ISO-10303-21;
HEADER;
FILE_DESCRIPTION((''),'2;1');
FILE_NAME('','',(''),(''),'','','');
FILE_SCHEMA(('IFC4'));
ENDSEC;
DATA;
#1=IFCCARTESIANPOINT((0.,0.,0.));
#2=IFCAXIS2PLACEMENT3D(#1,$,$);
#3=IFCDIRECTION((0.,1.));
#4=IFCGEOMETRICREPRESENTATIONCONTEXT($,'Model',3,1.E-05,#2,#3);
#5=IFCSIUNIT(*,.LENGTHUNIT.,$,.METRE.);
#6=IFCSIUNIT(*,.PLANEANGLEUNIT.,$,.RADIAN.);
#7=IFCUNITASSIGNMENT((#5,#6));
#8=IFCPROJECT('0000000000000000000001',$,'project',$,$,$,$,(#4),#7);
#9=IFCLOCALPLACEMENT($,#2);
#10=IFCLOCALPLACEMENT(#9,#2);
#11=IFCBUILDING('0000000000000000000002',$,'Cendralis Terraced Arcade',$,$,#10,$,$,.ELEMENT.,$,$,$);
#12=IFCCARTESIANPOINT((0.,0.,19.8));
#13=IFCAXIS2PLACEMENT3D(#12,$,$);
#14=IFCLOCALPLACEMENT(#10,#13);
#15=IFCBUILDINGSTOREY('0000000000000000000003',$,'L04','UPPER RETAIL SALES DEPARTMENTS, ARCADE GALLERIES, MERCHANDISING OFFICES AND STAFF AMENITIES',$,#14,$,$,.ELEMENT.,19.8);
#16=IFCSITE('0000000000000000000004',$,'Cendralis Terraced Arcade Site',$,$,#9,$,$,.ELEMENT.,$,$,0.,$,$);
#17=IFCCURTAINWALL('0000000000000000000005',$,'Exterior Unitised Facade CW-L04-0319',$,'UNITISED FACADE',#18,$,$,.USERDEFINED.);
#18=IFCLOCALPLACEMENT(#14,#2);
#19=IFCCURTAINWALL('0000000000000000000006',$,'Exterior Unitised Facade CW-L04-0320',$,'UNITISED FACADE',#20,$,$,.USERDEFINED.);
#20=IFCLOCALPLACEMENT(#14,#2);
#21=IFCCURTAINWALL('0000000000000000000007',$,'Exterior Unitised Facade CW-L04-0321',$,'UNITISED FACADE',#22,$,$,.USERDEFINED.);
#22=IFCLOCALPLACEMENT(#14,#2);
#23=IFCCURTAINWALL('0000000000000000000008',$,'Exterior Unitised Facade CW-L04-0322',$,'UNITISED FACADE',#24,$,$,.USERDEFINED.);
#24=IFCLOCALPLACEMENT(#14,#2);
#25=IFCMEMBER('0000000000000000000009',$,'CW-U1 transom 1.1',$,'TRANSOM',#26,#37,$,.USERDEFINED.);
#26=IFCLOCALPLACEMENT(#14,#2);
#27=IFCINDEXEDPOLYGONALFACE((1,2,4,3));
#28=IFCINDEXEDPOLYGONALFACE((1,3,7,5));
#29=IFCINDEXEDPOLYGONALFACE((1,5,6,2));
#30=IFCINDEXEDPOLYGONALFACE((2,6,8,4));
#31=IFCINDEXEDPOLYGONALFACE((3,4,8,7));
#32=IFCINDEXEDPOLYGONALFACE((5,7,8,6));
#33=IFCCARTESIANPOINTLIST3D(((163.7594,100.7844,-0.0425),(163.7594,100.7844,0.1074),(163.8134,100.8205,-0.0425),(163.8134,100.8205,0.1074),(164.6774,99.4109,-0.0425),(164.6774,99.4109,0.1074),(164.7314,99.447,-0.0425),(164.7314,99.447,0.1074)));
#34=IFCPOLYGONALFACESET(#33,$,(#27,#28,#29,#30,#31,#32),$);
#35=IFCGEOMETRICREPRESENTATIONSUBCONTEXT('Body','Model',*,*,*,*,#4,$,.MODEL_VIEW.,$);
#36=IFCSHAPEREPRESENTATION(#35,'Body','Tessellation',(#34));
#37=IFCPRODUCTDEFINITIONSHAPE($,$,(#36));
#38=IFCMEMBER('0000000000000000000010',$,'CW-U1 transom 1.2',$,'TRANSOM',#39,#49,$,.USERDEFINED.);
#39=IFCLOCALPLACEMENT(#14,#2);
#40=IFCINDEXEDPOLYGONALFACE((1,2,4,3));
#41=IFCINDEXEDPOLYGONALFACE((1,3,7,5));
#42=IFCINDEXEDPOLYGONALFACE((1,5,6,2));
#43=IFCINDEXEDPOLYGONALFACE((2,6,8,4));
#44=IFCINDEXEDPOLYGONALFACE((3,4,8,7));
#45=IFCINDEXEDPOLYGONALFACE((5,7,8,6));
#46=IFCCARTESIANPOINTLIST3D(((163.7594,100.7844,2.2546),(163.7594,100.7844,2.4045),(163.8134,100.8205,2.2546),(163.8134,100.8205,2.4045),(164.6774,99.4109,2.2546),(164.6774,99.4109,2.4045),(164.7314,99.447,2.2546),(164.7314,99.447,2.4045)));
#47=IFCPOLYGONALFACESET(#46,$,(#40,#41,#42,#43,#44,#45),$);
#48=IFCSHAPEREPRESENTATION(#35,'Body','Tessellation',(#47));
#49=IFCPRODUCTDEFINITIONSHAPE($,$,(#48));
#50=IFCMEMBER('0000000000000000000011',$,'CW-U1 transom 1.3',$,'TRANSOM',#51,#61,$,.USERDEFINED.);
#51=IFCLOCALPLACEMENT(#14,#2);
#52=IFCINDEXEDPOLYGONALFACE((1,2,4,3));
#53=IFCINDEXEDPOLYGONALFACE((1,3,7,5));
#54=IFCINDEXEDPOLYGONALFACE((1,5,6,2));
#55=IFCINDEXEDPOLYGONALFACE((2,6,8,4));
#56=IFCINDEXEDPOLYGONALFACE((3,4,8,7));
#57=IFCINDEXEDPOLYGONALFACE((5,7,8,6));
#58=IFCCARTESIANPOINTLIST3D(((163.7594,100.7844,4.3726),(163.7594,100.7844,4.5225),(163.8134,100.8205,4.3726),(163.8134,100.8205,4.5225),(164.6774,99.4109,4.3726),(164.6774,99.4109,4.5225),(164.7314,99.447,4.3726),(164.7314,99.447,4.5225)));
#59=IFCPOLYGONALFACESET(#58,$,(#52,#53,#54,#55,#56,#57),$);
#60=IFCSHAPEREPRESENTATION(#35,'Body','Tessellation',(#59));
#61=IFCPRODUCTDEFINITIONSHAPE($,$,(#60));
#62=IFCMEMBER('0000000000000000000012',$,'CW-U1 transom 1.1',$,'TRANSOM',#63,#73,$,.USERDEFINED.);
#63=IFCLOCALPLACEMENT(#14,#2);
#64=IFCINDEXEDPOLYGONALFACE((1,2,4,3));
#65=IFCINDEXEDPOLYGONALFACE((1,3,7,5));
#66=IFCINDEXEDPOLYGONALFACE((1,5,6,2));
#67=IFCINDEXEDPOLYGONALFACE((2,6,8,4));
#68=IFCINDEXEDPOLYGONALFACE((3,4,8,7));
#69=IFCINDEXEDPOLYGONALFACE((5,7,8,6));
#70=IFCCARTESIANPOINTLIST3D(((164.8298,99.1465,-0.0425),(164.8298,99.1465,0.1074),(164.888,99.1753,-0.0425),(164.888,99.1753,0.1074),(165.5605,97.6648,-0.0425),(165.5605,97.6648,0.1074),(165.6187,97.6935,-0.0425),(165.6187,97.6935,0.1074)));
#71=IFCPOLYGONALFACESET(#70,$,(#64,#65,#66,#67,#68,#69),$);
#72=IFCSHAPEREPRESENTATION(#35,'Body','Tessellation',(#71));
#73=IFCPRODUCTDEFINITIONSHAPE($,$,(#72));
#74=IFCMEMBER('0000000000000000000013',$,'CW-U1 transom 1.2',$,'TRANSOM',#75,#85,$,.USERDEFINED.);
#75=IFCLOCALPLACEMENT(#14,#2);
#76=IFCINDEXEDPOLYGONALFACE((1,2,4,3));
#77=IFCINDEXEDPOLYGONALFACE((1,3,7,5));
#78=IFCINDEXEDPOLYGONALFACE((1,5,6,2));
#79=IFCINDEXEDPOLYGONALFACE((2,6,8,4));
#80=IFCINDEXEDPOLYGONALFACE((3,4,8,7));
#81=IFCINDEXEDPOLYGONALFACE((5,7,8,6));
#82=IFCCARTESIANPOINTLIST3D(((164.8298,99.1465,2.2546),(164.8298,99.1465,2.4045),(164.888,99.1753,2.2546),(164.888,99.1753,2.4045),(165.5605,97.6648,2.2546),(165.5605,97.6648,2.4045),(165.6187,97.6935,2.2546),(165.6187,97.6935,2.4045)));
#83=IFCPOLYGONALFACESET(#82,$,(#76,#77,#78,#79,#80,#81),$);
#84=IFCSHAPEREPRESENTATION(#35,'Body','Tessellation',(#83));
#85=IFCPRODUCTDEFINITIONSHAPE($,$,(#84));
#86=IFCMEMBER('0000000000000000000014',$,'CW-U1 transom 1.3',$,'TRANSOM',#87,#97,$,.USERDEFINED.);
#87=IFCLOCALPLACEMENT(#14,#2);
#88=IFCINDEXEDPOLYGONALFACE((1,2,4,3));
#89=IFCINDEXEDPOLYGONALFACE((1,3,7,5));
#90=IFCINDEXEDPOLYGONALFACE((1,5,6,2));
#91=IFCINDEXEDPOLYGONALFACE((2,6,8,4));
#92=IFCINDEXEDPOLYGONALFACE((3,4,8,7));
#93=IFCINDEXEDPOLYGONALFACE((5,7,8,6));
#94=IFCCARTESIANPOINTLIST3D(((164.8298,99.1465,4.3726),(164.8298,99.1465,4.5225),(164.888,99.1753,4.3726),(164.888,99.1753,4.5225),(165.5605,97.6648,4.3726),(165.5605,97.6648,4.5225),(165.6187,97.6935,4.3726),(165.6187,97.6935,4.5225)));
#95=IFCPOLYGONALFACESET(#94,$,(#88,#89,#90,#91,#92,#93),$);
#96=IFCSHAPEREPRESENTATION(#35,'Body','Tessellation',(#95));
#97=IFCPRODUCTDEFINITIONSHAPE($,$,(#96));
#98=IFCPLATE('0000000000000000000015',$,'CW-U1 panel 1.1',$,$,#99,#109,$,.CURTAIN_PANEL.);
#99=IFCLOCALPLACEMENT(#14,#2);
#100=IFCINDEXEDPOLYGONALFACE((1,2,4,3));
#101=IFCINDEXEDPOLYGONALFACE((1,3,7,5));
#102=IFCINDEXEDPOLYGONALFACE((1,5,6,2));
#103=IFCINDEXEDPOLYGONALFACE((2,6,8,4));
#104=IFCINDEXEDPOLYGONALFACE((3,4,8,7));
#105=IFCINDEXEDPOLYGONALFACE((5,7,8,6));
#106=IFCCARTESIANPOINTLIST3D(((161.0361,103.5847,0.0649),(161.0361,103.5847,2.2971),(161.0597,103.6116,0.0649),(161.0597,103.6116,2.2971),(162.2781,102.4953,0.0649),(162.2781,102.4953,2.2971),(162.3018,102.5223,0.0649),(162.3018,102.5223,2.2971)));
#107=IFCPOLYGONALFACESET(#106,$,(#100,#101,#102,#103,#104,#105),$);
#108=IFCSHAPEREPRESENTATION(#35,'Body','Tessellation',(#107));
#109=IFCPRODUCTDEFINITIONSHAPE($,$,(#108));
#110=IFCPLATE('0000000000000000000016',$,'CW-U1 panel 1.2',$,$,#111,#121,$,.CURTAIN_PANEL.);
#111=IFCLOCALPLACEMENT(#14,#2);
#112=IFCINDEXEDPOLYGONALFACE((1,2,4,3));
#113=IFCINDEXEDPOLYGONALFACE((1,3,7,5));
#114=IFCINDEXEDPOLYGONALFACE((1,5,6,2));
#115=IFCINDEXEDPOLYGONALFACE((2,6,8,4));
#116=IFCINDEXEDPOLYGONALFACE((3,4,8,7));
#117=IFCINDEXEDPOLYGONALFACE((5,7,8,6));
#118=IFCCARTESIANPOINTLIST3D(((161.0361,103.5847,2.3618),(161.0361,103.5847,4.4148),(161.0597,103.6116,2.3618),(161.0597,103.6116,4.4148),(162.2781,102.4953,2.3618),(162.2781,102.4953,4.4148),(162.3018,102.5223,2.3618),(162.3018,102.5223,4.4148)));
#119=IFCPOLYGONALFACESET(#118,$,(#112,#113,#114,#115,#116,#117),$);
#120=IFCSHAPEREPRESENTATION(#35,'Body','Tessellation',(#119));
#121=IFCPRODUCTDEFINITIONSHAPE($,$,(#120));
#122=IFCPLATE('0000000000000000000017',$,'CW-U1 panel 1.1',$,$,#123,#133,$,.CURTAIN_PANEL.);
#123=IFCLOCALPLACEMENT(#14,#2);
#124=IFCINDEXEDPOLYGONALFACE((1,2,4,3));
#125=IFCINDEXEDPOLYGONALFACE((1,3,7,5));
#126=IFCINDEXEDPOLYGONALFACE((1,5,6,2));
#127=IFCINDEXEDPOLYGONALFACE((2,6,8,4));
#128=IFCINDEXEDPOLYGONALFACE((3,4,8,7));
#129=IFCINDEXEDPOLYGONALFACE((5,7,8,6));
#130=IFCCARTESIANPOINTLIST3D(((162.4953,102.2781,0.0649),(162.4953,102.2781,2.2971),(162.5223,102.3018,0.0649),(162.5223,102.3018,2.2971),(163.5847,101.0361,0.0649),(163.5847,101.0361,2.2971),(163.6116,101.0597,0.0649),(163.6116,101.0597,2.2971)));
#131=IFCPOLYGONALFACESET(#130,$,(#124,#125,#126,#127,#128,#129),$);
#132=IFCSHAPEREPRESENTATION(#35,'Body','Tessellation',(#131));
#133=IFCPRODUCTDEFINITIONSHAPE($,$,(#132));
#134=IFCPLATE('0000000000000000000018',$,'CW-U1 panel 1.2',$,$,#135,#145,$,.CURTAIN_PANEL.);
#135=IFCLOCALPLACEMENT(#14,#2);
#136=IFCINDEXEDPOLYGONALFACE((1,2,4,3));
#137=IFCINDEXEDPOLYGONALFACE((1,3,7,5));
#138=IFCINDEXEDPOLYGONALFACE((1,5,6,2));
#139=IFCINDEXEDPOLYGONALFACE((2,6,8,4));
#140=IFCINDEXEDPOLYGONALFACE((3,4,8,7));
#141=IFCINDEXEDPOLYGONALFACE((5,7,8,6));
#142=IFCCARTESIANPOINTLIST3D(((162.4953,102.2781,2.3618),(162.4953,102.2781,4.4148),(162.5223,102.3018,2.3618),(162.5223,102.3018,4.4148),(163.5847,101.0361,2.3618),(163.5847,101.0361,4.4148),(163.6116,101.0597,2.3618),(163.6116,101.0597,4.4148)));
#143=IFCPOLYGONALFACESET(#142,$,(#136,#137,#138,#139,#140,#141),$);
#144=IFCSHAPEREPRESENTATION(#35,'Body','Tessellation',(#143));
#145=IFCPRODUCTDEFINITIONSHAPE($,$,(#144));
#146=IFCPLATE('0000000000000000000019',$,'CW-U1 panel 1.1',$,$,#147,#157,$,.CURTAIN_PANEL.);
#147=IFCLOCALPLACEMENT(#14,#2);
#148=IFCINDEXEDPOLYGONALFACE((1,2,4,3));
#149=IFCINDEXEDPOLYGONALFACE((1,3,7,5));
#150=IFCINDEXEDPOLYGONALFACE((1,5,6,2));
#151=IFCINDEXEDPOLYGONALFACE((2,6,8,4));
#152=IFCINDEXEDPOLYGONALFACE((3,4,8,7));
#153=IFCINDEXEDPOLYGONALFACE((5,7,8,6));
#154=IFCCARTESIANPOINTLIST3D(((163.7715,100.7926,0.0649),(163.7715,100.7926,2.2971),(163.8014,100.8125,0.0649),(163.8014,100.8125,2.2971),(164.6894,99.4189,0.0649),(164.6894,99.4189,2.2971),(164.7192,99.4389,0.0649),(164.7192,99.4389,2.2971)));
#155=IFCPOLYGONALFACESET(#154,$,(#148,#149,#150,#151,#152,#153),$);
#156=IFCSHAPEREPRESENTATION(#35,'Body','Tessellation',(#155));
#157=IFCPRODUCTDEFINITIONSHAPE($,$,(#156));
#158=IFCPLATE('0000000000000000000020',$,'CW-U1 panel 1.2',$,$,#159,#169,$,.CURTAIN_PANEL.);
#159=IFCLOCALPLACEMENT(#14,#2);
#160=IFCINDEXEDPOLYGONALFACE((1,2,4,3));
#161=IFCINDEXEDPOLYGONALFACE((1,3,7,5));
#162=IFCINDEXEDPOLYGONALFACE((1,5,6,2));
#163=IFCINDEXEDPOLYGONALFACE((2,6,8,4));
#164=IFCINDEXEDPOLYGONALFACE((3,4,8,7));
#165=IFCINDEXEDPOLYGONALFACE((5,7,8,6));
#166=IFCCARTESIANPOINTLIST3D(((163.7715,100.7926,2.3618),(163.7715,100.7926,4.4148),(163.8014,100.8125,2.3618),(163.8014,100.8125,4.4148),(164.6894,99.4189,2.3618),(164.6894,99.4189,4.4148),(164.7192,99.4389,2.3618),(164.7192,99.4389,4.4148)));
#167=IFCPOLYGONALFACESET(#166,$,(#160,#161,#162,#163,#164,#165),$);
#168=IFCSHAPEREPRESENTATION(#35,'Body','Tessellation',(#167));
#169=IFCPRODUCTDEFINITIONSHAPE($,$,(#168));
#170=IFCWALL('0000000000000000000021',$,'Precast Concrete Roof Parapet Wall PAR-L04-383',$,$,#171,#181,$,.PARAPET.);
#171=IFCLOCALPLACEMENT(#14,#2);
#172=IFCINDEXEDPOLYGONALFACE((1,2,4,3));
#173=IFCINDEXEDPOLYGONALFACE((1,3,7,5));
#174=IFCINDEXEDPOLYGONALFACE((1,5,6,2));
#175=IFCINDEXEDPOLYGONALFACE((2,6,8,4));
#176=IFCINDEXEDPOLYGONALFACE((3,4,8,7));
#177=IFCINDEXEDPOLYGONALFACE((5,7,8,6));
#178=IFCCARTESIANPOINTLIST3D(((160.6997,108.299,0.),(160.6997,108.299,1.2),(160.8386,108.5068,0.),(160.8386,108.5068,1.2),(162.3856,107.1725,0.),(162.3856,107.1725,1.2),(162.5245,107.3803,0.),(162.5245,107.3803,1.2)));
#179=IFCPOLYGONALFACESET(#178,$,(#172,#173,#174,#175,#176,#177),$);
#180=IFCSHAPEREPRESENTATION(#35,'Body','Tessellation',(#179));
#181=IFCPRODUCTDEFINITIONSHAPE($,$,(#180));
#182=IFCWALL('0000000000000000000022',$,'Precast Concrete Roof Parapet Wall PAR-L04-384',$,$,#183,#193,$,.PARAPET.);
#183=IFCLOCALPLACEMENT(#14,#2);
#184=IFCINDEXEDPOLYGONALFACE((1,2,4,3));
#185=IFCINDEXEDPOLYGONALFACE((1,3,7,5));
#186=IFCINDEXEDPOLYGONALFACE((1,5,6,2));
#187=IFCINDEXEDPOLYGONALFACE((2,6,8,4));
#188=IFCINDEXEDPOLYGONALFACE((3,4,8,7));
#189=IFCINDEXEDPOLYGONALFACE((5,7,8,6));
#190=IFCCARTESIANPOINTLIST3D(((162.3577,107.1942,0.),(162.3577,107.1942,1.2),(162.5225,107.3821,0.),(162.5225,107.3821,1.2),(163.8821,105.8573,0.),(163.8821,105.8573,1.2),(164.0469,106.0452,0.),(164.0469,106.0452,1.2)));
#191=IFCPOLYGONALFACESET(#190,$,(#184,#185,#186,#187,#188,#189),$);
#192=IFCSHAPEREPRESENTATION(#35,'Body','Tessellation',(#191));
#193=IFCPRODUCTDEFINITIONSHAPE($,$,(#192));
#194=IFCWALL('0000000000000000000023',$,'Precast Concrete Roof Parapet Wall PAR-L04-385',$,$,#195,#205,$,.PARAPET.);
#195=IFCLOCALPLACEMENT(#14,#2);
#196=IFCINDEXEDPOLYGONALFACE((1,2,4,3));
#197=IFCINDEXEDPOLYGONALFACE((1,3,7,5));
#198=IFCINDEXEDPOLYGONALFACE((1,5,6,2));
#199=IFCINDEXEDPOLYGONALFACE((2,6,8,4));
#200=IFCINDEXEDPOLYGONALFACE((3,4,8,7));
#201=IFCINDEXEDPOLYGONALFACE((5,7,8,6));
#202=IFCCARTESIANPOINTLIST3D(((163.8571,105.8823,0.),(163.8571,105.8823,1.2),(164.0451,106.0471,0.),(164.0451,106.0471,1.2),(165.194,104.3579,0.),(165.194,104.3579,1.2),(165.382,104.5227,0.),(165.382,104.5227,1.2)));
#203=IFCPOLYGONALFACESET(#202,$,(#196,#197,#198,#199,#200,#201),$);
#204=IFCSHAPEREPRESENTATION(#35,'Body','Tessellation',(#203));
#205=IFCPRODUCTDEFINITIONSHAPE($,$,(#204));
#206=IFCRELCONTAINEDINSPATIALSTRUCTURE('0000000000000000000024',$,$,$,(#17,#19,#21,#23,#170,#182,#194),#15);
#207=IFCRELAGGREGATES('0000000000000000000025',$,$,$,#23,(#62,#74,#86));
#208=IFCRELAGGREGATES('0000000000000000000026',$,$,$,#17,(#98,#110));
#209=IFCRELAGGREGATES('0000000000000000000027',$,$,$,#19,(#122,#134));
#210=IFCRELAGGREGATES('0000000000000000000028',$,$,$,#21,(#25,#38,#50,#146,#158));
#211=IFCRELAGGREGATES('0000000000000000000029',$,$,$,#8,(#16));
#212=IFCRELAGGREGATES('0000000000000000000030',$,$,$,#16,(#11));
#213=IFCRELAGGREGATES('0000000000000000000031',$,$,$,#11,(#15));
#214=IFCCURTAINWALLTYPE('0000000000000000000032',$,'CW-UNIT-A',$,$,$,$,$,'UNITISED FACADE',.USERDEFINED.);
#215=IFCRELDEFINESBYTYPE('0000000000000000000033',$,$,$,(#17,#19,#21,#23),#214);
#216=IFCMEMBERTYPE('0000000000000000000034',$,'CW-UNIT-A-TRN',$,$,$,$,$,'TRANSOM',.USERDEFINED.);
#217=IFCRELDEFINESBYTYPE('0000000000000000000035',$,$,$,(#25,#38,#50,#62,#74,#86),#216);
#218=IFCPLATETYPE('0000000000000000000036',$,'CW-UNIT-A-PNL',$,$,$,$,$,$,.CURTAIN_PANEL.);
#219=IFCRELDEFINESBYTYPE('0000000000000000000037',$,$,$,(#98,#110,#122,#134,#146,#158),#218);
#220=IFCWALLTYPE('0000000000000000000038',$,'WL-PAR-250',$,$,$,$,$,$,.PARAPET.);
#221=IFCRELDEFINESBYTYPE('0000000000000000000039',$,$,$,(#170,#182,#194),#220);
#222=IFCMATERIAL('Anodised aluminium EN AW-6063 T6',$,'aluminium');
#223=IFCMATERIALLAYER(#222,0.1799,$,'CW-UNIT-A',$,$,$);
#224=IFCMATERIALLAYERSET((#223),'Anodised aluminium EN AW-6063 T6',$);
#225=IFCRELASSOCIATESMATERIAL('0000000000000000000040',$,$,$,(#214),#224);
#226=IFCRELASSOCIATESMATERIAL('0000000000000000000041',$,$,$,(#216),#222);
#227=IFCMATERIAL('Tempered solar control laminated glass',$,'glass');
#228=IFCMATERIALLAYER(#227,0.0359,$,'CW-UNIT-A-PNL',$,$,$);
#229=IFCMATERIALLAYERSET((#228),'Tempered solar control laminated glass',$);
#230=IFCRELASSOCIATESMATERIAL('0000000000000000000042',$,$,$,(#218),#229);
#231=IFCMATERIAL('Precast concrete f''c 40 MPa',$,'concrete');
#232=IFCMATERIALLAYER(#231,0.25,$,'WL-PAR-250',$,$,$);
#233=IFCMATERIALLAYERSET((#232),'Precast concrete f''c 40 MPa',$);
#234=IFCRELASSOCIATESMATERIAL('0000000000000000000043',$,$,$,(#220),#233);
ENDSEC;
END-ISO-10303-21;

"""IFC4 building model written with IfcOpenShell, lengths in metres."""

from ifc_helpers import new_model, si_unit, direction, frame, frame_2d, origin, origin_2d, place, context, subcontext, project, spatial, rectangle, extrude, material, layer, layer_set, material_profile, profile_set, type_object, element, aggregate, save


model = new_model("IFC4")

# Units and contexts
model_context = context("Model", 3, precision=1e-05, world=origin(), true_north=direction((0.0, 1.0)))
body_context = subcontext(model_context, "Body", "Model", "MODEL_VIEW")
ifc_project = project(units=[si_unit("LENGTHUNIT", "METRE"), si_unit("PLANEANGLEUNIT", "RADIAN")], contexts=[model_context])

# Site, building, storey
site_placement = place(None, origin())
site = spatial("IfcSite", under=ifc_project, at=site_placement, Name="Cendralis Terraced Arcade Site", CompositionType="ELEMENT", RefElevation=0.0)
building_placement = place(site_placement, origin())
building = spatial("IfcBuilding", under=site, at=building_placement, Name="Cendralis Terraced Arcade", CompositionType="ELEMENT")
storey_placement = place(building_placement, frame((0.0, 0.0, 19.8)))
storey = spatial("IfcBuildingStorey", under=building, at=storey_placement, Name="L04", Description="UPPER RETAIL SALES DEPARTMENTS, ARCADE GALLERIES, MERCHANDISING OFFICES AND STAFF AMENITIES", CompositionType="ELEMENT", Elevation=19.8)

# Shared definitions
ifc_material_1 = material(Name="Anodised aluminium EN AW-6063 T6", Category="aluminium")
ifc_layer_1 = layer(ifc_material_1, 0.1799, Name="CW-UNIT-A")
ifc_layer_set_1 = layer_set([ifc_layer_1], Name="Anodised aluminium EN AW-6063 T6")
curtain_wall_type = type_object("IfcCurtainWallType", Name="CW-UNIT-A", ElementType="UNITISED FACADE", PredefinedType="USERDEFINED", material=ifc_layer_set_1)

# Curtain walls
curtain_wall_1_placement = place(storey_placement, origin())
curtain_wall_1 = element("IfcCurtainWall", 1, at=curtain_wall_1_placement, inside=storey, type_object=curtain_wall_type, Name="Exterior Unitised Facade CW-L04-0319", ObjectType="UNITISED FACADE", PredefinedType="USERDEFINED")
curtain_wall_2_placement = place(storey_placement, origin())
curtain_wall_2 = element("IfcCurtainWall", 2, at=curtain_wall_2_placement, inside=storey, type_object=curtain_wall_type, Name="Exterior Unitised Facade CW-L04-0320", ObjectType="UNITISED FACADE", PredefinedType="USERDEFINED")
curtain_wall_3_placement = place(storey_placement, origin())
curtain_wall_3 = element("IfcCurtainWall", 3, at=curtain_wall_3_placement, inside=storey, type_object=curtain_wall_type, Name="Exterior Unitised Facade CW-L04-0321", ObjectType="UNITISED FACADE", PredefinedType="USERDEFINED")

# Curtain wall
curtain_wall_4_placement = place(storey_placement, origin())
curtain_wall_4 = element("IfcCurtainWall", 4, at=curtain_wall_4_placement, inside=storey, type_object=curtain_wall_type, Name="Exterior Unitised Facade CW-L04-0322", ObjectType="UNITISED FACADE", PredefinedType="USERDEFINED")

# Members
ifc_material_profile_1 = material_profile(ifc_material_1, rectangle(XDim=0.0649, YDim=0.1499, at=origin_2d()), Name="ALU-TRN-65x150")
ifc_profile_set_1 = profile_set([ifc_material_profile_1], Name="Anodised aluminium EN AW-6063 T6")
member_type_1 = type_object("IfcMemberType", Name="CW-UNIT-A-TRN", ElementType="TRANSOM", PredefinedType="USERDEFINED", material=ifc_profile_set_1)
member_1_placement = place(storey_placement, frame((163.7864, 100.8025, 0.0325), z_axis=(0.555655, -0.831413, 0.0), x_axis=(0.831413, 0.555655, 0.0)))
member_1 = element("IfcMember", 5, at=member_1_placement, type_object=member_type_1, Name="CW-U1 transom 1.1", ObjectType="TRANSOM", PredefinedType="USERDEFINED", context=body_context, shape_type="SweptSolid", body=[
    extrude(rectangle(XDim=0.0649, YDim=0.1499, at=origin_2d()), origin(), (0.0, 0.0, 1.0), 1.6521),
])
member_2_placement = place(storey_placement, frame((163.7864, 100.8025, 2.3296), z_axis=(0.555655, -0.831413, 0.0), x_axis=(0.831413, 0.555655, 0.0)))
member_2 = element("IfcMember", 6, at=member_2_placement, type_object=member_type_1, Name="CW-U1 transom 1.2", ObjectType="TRANSOM", PredefinedType="USERDEFINED", context=body_context, shape_type="SweptSolid", body=[
    extrude(rectangle(XDim=0.0649, YDim=0.1499, at=origin_2d()), origin(), (0.0, 0.0, 1.0), 1.6521),
])
member_3_placement = place(storey_placement, frame((163.7864, 100.8025, 4.4475), z_axis=(0.555655, -0.831413, 0.0), x_axis=(0.831413, 0.555655, 0.0)))
member_3 = element("IfcMember", 7, at=member_3_placement, type_object=member_type_1, Name="CW-U1 transom 1.3", ObjectType="TRANSOM", PredefinedType="USERDEFINED", context=body_context, shape_type="SweptSolid", body=[
    extrude(rectangle(XDim=0.0649, YDim=0.1499, at=origin_2d()), origin(), (0.0, 0.0, 1.0), 1.6521),
])
member_4_placement = place(storey_placement, frame((164.8589, 99.1609, 0.0325), z_axis=(0.442301, -0.896867, 0.0), x_axis=(0.896867, 0.442301, 0.0)))
member_4 = element("IfcMember", 8, at=member_4_placement, type_object=member_type_1, Name="CW-U1 transom 1.1", ObjectType="TRANSOM", PredefinedType="USERDEFINED", context=body_context, shape_type="SweptSolid", body=[
    extrude(rectangle(XDim=0.0649, YDim=0.1499, at=origin_2d()), origin(), (0.0, 0.0, 1.0), 1.6521),
])
member_5_placement = place(storey_placement, frame((164.8589, 99.1609, 2.3296), z_axis=(0.442301, -0.896867, 0.0), x_axis=(0.896867, 0.442301, 0.0)))
member_5 = element("IfcMember", 9, at=member_5_placement, type_object=member_type_1, Name="CW-U1 transom 1.2", ObjectType="TRANSOM", PredefinedType="USERDEFINED", context=body_context, shape_type="SweptSolid", body=[
    extrude(rectangle(XDim=0.0649, YDim=0.1499, at=origin_2d()), origin(), (0.0, 0.0, 1.0), 1.6521),
])
member_6_placement = place(storey_placement, frame((164.8589, 99.1609, 4.4475), z_axis=(0.442301, -0.896867, 0.0), x_axis=(0.896867, 0.442301, 0.0)))
member_6 = element("IfcMember", 10, at=member_6_placement, type_object=member_type_1, Name="CW-U1 transom 1.3", ObjectType="TRANSOM", PredefinedType="USERDEFINED", context=body_context, shape_type="SweptSolid", body=[
    extrude(rectangle(XDim=0.0649, YDim=0.1499, at=origin_2d()), origin(), (0.0, 0.0, 1.0), 1.6521),
])
aggregate(curtain_wall_4, [member_4, member_5, member_6])

# Plates
ifc_material_2 = material(Name="Tempered solar control laminated glass", Category="glass")
ifc_layer_2 = layer(ifc_material_2, 0.0359, Name="CW-UNIT-A-PNL")
ifc_layer_set_2 = layer_set([ifc_layer_2], Name="Tempered solar control laminated glass")
plate_type = type_object("IfcPlateType", Name="CW-UNIT-A-PNL", PredefinedType="CURTAIN_PANEL", material=ifc_layer_set_2)
plate_1_placement = place(storey_placement, frame((161.6689, 103.0535, 0.0649), z_axis=(0.0, 0.0, 1.0), x_axis=(0.751804, -0.659386, 0.0)))
plate_1 = element("IfcPlate", 11, at=plate_1_placement, type_object=plate_type, Name="CW-U1 panel 1.1", PredefinedType="CURTAIN_PANEL", context=body_context, shape_type="SweptSolid", body=[
    extrude(rectangle(XDim=1.6521, YDim=0.0359, at=origin_2d()), origin(), (0.0, 0.0, 1.0), 2.2322),
])
plate_2_placement = place(storey_placement, frame((161.6689, 103.0535, 2.3618), z_axis=(0.0, 0.0, 1.0), x_axis=(0.751804, -0.659386, 0.0)))
plate_2 = element("IfcPlate", 12, at=plate_2_placement, type_object=plate_type, Name="CW-U1 panel 1.2", PredefinedType="CURTAIN_PANEL", context=body_context, shape_type="SweptSolid", body=[
    extrude(rectangle(XDim=1.6521, YDim=0.0359, at=origin_2d()), origin(), (0.0, 0.0, 1.0), 2.053),
])
aggregate(curtain_wall_1, [plate_1, plate_2])
plate_3_placement = place(storey_placement, frame((163.0535, 101.6689, 0.0649), z_axis=(0.0, 0.0, 1.0), x_axis=(0.659386, -0.751804, 0.0)))
plate_3 = element("IfcPlate", 13, at=plate_3_placement, type_object=plate_type, Name="CW-U1 panel 1.1", PredefinedType="CURTAIN_PANEL", context=body_context, shape_type="SweptSolid", body=[
    extrude(rectangle(XDim=1.6521, YDim=0.0359, at=origin_2d()), origin(), (0.0, 0.0, 1.0), 2.2322),
])
plate_4_placement = place(storey_placement, frame((163.0535, 101.6689, 2.3618), z_axis=(0.0, 0.0, 1.0), x_axis=(0.659386, -0.751804, 0.0)))
plate_4 = element("IfcPlate", 14, at=plate_4_placement, type_object=plate_type, Name="CW-U1 panel 1.2", PredefinedType="CURTAIN_PANEL", context=body_context, shape_type="SweptSolid", body=[
    extrude(rectangle(XDim=1.6521, YDim=0.0359, at=origin_2d()), origin(), (0.0, 0.0, 1.0), 2.053),
])
aggregate(curtain_wall_2, [plate_3, plate_4])
plate_5_placement = place(storey_placement, frame((164.2454, 100.1157, 0.0649), z_axis=(0.0, 0.0, 1.0), x_axis=(0.555567, -0.831471, 0.0)))
plate_5 = element("IfcPlate", 15, at=plate_5_placement, type_object=plate_type, Name="CW-U1 panel 1.1", PredefinedType="CURTAIN_PANEL", context=body_context, shape_type="SweptSolid", body=[
    extrude(rectangle(XDim=1.6521, YDim=0.0359, at=origin_2d()), origin(), (0.0, 0.0, 1.0), 2.2322),
])
plate_6_placement = place(storey_placement, frame((164.2454, 100.1157, 2.3618), z_axis=(0.0, 0.0, 1.0), x_axis=(0.555567, -0.831471, 0.0)))
plate_6 = element("IfcPlate", 16, at=plate_6_placement, type_object=plate_type, Name="CW-U1 panel 1.2", PredefinedType="CURTAIN_PANEL", context=body_context, shape_type="SweptSolid", body=[
    extrude(rectangle(XDim=1.6521, YDim=0.0359, at=origin_2d()), origin(), (0.0, 0.0, 1.0), 2.053),
])
aggregate(curtain_wall_3, [member_1, member_2, member_3, plate_5, plate_6])

# Walls
ifc_material_3 = material(Name="Precast concrete f'c 40 MPa", Category="concrete")
ifc_layer_3 = layer(ifc_material_3, 0.25, Name="WL-PAR-250")
ifc_layer_set_3 = layer_set([ifc_layer_3], Name="Precast concrete f'c 40 MPa")
wall_type = type_object("IfcWallType", Name="WL-PAR-250", PredefinedType="PARAPET", material=ifc_layer_set_3)
for number, where, z_axis, x_axis, name in (
    (17, (160.7693, 108.4028, 0.0), (0.0, 0.0, 1.0), (0.831457, -0.555589, 0.0), "Precast Concrete Roof Parapet Wall PAR-L04-383"),
    (18, (162.4402, 107.2881, 0.0), (0.0, 0.0, 1.0), (0.75183, -0.659357, 0.0), "Precast Concrete Roof Parapet Wall PAR-L04-384"),
    (19, (163.9512, 105.9646, 0.0), (0.0, 0.0, 1.0), (0.659357, -0.75183, 0.0), "Precast Concrete Roof Parapet Wall PAR-L04-385"),
):
    element("IfcWall", number, at=place(storey_placement, frame(where, z_axis=z_axis, x_axis=x_axis)), inside=storey, type_object=wall_type, Name=name, PredefinedType="PARAPET", context=body_context, shape_type="SweptSolid", body=[
        extrude(rectangle(XDim=2.0276, YDim=0.25, at=frame_2d((1.0137, 0.0))), origin(), (0.0, 0.0, 1.0), 1.2),
    ])

save(model, "model.ifc")
